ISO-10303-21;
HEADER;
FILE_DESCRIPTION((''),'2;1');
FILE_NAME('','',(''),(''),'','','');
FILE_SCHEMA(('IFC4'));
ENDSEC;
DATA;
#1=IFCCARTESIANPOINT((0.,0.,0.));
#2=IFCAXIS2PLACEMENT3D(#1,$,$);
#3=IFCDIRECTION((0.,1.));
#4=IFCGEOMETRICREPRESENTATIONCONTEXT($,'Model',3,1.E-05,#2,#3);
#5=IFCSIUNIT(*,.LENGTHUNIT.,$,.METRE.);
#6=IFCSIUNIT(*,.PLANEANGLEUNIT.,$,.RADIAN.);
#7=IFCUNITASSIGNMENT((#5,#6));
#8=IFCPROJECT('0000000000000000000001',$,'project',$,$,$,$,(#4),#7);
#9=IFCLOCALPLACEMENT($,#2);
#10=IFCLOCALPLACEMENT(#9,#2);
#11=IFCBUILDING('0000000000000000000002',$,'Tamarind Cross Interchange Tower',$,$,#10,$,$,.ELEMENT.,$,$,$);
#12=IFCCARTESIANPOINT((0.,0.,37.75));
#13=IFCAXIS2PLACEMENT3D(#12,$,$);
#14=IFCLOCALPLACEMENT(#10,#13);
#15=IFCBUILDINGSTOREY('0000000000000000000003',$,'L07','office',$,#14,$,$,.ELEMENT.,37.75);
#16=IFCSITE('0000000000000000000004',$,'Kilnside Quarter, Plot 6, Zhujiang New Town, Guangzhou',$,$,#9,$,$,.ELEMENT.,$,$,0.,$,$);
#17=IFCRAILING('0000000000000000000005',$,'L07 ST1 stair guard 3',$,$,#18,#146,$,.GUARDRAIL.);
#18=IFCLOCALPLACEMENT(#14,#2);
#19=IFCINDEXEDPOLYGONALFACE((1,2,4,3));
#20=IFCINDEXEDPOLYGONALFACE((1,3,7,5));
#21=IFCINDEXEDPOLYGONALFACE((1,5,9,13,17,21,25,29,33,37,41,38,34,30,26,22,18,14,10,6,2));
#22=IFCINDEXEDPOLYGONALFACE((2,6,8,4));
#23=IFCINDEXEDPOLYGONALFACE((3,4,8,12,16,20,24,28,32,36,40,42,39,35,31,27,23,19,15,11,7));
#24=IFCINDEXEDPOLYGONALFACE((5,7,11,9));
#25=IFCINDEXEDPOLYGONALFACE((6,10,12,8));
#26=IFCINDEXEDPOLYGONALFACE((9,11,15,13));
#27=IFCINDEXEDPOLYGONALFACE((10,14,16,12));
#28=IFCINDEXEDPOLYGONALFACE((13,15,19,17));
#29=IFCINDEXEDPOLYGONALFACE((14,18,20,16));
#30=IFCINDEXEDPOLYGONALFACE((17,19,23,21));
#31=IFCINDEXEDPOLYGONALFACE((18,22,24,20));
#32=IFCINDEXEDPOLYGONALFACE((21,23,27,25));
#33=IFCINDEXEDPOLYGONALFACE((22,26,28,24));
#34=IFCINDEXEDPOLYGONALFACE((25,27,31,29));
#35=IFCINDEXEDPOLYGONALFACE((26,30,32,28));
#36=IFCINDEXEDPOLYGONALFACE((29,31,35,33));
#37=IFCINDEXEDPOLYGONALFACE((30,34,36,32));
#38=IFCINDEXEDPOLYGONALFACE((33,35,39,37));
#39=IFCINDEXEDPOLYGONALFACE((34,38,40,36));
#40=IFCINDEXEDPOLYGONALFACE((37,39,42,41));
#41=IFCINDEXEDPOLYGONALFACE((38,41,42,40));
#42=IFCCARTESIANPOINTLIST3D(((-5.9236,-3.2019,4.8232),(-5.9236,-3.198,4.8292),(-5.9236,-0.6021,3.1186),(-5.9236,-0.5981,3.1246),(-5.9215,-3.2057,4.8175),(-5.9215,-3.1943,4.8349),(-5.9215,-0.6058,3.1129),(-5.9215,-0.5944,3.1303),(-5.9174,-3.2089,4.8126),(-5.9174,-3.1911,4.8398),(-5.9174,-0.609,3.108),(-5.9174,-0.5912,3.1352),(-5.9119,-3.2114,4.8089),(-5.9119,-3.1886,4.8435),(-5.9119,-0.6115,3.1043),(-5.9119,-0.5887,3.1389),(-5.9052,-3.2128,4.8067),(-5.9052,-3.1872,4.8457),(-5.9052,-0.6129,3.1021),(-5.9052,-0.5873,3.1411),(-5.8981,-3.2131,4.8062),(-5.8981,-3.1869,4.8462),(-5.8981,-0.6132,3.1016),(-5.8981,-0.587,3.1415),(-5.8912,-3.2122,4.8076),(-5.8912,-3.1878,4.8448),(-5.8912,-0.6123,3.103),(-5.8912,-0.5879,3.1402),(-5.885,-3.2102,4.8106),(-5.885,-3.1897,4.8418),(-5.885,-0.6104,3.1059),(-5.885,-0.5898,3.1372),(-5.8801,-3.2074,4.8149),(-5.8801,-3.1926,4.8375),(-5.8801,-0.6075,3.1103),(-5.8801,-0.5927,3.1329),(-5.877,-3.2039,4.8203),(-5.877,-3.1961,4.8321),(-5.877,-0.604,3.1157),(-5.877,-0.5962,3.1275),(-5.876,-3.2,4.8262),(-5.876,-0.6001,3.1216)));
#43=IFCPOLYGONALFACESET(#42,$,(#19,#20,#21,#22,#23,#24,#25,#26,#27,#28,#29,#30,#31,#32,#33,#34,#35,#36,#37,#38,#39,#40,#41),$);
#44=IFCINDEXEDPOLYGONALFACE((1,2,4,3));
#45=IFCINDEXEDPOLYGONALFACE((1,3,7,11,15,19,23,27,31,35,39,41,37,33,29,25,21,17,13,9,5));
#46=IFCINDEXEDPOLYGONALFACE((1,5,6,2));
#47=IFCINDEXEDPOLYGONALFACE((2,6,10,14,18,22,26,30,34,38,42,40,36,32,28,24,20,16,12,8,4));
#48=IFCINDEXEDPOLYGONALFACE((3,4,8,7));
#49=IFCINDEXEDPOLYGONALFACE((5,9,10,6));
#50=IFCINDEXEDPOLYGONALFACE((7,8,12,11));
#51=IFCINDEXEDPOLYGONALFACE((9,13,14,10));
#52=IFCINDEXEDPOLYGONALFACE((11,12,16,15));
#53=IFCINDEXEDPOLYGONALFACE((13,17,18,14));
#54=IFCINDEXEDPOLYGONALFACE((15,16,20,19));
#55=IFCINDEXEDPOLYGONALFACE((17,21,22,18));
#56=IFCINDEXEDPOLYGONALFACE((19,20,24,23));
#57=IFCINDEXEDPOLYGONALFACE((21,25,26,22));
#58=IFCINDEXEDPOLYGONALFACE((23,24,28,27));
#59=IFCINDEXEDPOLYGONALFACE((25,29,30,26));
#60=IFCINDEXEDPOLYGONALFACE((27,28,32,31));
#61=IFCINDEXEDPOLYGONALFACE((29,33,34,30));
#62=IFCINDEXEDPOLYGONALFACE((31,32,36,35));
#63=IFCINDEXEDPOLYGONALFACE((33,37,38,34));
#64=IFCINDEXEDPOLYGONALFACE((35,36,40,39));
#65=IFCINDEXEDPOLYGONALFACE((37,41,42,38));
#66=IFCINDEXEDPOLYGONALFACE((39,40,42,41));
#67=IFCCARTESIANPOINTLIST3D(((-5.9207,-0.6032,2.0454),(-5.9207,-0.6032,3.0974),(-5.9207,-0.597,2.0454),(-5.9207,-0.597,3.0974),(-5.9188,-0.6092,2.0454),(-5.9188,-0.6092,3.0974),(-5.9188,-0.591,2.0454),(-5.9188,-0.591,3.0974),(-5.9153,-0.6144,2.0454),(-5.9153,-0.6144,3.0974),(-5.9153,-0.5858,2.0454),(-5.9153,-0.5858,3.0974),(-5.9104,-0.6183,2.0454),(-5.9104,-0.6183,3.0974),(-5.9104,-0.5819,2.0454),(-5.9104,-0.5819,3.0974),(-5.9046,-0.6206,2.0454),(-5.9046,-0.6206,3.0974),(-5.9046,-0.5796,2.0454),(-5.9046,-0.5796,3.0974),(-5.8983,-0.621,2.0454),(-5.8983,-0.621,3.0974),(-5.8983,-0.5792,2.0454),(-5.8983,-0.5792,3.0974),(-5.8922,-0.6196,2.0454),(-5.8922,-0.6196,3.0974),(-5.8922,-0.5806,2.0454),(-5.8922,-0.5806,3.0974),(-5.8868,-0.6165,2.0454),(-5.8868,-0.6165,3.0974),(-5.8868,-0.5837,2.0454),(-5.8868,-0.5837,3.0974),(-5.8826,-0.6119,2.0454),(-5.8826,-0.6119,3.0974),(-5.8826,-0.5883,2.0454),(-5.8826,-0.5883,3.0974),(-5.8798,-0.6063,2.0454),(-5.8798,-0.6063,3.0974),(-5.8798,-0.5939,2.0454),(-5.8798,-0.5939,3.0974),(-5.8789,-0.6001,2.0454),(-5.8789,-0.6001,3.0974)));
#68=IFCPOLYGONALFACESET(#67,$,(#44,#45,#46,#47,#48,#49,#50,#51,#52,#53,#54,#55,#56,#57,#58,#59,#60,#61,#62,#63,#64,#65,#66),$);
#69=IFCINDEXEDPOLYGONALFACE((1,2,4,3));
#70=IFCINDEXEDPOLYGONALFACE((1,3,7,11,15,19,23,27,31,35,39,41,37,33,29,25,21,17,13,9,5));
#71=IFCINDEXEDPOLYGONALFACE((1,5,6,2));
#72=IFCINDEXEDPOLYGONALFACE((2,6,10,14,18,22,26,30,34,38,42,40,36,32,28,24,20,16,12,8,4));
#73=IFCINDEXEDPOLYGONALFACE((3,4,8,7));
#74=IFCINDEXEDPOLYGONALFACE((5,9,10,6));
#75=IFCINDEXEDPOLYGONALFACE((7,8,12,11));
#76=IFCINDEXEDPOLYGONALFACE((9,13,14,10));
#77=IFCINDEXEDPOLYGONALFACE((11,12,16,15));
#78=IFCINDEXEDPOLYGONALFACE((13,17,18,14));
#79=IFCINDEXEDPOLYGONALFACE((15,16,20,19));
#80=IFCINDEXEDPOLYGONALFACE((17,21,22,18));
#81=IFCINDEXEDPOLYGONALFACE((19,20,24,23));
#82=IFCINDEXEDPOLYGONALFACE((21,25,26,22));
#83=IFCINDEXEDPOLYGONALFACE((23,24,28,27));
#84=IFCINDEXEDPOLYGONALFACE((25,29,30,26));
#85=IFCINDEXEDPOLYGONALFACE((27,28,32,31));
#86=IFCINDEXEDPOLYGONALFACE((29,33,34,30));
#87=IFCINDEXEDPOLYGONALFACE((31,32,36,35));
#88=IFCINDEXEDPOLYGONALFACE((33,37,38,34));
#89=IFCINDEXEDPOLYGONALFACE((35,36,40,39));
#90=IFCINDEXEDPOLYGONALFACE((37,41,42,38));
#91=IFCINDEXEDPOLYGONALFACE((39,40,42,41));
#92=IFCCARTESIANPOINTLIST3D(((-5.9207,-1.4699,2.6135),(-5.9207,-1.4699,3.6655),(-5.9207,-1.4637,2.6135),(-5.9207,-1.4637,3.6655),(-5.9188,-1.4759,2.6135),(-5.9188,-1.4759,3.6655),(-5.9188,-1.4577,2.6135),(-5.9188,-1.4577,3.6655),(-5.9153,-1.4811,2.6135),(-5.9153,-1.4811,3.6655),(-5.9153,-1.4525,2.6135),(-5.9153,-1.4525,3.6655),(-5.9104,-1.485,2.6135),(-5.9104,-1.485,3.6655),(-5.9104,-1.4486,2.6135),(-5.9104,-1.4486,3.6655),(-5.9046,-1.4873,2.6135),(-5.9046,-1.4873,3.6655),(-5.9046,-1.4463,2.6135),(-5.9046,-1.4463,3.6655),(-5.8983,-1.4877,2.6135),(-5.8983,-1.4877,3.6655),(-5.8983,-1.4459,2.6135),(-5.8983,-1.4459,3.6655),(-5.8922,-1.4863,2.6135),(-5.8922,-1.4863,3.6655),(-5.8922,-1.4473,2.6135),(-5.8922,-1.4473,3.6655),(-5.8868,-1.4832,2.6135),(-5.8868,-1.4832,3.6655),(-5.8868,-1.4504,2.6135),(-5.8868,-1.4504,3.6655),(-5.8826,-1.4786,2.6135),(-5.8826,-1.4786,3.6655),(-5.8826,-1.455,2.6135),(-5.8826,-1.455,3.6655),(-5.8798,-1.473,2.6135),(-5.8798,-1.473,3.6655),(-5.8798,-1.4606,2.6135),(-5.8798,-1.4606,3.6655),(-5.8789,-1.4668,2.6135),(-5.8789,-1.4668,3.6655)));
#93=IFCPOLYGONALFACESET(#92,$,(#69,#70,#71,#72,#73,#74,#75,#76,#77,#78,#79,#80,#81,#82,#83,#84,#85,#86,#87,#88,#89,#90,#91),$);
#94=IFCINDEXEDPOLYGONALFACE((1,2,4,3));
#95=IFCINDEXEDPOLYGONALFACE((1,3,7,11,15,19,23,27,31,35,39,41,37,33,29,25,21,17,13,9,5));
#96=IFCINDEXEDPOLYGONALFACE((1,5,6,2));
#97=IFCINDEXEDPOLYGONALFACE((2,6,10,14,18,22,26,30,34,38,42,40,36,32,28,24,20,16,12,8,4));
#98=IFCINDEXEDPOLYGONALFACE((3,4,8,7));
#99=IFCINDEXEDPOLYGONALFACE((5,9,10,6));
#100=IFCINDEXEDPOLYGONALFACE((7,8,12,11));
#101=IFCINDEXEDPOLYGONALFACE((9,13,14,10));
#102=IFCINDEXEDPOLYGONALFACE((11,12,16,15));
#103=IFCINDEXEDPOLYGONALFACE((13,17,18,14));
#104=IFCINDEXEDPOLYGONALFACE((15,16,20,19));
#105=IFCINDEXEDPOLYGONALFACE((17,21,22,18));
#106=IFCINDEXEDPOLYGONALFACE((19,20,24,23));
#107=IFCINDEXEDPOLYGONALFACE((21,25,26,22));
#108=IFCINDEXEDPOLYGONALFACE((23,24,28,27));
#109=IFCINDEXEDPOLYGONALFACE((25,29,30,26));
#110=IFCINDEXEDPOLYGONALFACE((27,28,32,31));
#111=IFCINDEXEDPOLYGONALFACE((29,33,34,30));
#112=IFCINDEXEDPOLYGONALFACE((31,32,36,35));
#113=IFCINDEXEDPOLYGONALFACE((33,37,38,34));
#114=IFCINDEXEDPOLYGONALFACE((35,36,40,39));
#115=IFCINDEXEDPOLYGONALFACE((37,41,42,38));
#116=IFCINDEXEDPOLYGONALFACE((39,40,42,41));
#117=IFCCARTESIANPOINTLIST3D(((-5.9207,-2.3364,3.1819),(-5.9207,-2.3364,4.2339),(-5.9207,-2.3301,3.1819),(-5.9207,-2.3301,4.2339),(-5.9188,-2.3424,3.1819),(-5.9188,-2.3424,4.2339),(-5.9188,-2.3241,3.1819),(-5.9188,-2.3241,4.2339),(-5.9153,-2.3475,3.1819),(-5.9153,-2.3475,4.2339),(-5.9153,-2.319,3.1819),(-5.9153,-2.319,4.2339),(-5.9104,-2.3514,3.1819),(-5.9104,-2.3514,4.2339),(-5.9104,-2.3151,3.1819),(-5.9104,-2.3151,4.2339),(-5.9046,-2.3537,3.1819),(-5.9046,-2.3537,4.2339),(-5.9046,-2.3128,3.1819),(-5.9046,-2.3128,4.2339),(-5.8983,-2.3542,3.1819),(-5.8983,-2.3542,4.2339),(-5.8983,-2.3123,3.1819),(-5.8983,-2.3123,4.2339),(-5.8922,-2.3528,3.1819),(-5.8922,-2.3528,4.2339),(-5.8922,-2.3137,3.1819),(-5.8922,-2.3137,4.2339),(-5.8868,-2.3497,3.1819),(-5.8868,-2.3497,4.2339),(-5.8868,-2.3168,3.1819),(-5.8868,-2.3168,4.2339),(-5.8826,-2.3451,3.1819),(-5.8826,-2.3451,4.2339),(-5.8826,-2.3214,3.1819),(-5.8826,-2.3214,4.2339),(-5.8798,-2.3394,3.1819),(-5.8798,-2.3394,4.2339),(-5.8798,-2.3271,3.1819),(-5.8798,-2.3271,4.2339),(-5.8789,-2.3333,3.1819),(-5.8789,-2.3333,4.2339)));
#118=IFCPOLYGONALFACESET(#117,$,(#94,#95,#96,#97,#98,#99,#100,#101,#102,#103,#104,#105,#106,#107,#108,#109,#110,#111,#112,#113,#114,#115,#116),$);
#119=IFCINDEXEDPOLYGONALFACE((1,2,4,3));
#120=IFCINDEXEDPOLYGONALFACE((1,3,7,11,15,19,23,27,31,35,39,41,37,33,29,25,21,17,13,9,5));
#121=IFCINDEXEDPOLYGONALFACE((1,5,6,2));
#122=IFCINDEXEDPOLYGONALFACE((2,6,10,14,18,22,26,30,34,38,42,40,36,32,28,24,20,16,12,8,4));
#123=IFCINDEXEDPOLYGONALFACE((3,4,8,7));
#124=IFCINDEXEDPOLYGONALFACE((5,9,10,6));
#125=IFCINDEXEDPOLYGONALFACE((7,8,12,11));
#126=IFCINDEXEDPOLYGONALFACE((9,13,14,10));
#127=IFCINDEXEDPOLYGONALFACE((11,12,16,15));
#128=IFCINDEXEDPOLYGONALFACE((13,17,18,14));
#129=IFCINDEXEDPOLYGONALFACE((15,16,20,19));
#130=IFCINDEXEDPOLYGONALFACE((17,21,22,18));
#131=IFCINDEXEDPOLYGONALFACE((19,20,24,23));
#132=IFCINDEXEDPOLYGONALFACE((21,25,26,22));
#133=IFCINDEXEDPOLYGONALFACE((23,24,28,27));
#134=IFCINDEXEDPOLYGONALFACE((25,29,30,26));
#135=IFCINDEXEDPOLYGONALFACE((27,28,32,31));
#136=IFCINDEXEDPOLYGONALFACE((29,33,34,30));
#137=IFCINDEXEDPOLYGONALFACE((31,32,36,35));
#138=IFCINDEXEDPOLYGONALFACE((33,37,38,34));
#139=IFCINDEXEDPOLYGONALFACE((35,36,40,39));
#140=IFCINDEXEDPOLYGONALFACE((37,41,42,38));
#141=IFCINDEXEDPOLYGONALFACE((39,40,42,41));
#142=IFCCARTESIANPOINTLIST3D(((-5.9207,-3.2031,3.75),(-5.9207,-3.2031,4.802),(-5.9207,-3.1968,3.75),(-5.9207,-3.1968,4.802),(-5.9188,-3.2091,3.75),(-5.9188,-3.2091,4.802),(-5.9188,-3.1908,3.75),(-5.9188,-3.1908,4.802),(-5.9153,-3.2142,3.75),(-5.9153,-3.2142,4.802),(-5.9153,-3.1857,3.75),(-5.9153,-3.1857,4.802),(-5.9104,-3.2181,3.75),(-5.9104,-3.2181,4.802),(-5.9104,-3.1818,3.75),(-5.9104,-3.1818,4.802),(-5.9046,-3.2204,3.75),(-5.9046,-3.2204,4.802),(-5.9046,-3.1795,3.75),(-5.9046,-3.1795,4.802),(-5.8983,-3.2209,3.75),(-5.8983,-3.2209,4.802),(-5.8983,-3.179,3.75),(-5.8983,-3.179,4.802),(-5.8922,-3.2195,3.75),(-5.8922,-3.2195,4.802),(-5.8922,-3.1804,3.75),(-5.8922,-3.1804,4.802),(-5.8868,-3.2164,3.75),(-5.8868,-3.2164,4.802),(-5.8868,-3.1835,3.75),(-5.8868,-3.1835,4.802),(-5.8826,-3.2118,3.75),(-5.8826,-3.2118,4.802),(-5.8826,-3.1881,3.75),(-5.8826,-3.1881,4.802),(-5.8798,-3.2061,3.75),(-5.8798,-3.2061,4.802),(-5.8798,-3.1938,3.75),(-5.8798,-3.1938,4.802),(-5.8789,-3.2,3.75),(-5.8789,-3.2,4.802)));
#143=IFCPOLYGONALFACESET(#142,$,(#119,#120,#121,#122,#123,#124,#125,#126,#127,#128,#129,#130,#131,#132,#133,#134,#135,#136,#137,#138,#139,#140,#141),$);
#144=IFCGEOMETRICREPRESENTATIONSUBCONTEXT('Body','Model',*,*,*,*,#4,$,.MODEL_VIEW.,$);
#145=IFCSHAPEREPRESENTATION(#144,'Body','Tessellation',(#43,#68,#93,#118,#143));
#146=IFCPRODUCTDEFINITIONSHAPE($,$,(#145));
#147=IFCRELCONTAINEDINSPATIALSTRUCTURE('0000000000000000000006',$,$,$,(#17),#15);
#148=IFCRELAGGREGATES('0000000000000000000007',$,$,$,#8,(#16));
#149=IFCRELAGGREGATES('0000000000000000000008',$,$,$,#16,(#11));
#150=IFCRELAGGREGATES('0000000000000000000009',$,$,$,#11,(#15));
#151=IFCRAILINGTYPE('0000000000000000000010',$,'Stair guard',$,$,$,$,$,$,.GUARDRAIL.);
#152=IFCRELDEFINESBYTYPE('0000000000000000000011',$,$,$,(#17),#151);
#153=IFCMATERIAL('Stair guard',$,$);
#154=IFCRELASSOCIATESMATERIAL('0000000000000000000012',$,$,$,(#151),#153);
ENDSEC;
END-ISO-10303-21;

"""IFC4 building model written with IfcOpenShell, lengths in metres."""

from ifc_helpers import new_model, si_unit, direction, frame, origin, origin_2d, place, context, subcontext, project, spatial, circle, extrude, material, type_object, element, save


model = new_model("IFC4")

# Units and contexts
model_context = context("Model", 3, precision=1e-05, world=origin(), true_north=direction((0.0, 1.0)))
body_context = subcontext(model_context, "Body", "Model", "MODEL_VIEW")
ifc_project = project(units=[si_unit("LENGTHUNIT", "METRE"), si_unit("PLANEANGLEUNIT", "RADIAN")], contexts=[model_context])

# Site, building, storey
site_placement = place(None, origin())
site = spatial("IfcSite", under=ifc_project, at=site_placement, Name="Kilnside Quarter, Plot 6, Zhujiang New Town, Guangzhou", CompositionType="ELEMENT", RefElevation=0.0)
building_placement = place(site_placement, origin())
building = spatial("IfcBuilding", under=site, at=building_placement, Name="Tamarind Cross Interchange Tower", CompositionType="ELEMENT")
storey_placement = place(building_placement, frame((0.0, 0.0, 37.75)))
storey = spatial("IfcBuildingStorey", under=building, at=storey_placement, Name="L07", Description="office", CompositionType="ELEMENT", Elevation=37.75)

# Railing
ifc_material_1 = material(Name="Stair guard")
railing_type_1 = type_object("IfcRailingType", Name="Stair guard", PredefinedType="GUARDRAIL", material=ifc_material_1)
railing_1_placement = place(storey_placement, frame((-5.8999, -0.6001, 2.0454)))
element("IfcRailing", 1, at=railing_1_placement, inside=storey, type_object=railing_type_1, Name="L07 ST1 stair guard 3", PredefinedType="GUARDRAIL", context=body_context, shape_type="SweptSolid", body=[
    extrude(circle(Radius=0.0239, at=origin_2d()), frame((0.0, 0.0, 1.0762), z_axis=(0.0, -0.836279, 0.548305), x_axis=(1.0, 0.0, 0.0)), (0.0, 0.0, 1.0), 3.1089),
    extrude(circle(Radius=0.021, at=origin_2d()), origin(), (0.0, 0.0, 1.0), 1.052),
    extrude(circle(Radius=0.021, at=origin_2d()), frame((0.0, -0.8667, 0.5681)), (0.0, 0.0, 1.0), 1.052),
    extrude(circle(Radius=0.021, at=origin_2d()), frame((0.0, -1.7332, 1.1365)), (0.0, 0.0, 1.0), 1.052),
    extrude(circle(Radius=0.021, at=origin_2d()), frame((0.0, -2.5999, 1.7046)), (0.0, 0.0, 1.0), 1.052),
])

save(model, "model.ifc")
